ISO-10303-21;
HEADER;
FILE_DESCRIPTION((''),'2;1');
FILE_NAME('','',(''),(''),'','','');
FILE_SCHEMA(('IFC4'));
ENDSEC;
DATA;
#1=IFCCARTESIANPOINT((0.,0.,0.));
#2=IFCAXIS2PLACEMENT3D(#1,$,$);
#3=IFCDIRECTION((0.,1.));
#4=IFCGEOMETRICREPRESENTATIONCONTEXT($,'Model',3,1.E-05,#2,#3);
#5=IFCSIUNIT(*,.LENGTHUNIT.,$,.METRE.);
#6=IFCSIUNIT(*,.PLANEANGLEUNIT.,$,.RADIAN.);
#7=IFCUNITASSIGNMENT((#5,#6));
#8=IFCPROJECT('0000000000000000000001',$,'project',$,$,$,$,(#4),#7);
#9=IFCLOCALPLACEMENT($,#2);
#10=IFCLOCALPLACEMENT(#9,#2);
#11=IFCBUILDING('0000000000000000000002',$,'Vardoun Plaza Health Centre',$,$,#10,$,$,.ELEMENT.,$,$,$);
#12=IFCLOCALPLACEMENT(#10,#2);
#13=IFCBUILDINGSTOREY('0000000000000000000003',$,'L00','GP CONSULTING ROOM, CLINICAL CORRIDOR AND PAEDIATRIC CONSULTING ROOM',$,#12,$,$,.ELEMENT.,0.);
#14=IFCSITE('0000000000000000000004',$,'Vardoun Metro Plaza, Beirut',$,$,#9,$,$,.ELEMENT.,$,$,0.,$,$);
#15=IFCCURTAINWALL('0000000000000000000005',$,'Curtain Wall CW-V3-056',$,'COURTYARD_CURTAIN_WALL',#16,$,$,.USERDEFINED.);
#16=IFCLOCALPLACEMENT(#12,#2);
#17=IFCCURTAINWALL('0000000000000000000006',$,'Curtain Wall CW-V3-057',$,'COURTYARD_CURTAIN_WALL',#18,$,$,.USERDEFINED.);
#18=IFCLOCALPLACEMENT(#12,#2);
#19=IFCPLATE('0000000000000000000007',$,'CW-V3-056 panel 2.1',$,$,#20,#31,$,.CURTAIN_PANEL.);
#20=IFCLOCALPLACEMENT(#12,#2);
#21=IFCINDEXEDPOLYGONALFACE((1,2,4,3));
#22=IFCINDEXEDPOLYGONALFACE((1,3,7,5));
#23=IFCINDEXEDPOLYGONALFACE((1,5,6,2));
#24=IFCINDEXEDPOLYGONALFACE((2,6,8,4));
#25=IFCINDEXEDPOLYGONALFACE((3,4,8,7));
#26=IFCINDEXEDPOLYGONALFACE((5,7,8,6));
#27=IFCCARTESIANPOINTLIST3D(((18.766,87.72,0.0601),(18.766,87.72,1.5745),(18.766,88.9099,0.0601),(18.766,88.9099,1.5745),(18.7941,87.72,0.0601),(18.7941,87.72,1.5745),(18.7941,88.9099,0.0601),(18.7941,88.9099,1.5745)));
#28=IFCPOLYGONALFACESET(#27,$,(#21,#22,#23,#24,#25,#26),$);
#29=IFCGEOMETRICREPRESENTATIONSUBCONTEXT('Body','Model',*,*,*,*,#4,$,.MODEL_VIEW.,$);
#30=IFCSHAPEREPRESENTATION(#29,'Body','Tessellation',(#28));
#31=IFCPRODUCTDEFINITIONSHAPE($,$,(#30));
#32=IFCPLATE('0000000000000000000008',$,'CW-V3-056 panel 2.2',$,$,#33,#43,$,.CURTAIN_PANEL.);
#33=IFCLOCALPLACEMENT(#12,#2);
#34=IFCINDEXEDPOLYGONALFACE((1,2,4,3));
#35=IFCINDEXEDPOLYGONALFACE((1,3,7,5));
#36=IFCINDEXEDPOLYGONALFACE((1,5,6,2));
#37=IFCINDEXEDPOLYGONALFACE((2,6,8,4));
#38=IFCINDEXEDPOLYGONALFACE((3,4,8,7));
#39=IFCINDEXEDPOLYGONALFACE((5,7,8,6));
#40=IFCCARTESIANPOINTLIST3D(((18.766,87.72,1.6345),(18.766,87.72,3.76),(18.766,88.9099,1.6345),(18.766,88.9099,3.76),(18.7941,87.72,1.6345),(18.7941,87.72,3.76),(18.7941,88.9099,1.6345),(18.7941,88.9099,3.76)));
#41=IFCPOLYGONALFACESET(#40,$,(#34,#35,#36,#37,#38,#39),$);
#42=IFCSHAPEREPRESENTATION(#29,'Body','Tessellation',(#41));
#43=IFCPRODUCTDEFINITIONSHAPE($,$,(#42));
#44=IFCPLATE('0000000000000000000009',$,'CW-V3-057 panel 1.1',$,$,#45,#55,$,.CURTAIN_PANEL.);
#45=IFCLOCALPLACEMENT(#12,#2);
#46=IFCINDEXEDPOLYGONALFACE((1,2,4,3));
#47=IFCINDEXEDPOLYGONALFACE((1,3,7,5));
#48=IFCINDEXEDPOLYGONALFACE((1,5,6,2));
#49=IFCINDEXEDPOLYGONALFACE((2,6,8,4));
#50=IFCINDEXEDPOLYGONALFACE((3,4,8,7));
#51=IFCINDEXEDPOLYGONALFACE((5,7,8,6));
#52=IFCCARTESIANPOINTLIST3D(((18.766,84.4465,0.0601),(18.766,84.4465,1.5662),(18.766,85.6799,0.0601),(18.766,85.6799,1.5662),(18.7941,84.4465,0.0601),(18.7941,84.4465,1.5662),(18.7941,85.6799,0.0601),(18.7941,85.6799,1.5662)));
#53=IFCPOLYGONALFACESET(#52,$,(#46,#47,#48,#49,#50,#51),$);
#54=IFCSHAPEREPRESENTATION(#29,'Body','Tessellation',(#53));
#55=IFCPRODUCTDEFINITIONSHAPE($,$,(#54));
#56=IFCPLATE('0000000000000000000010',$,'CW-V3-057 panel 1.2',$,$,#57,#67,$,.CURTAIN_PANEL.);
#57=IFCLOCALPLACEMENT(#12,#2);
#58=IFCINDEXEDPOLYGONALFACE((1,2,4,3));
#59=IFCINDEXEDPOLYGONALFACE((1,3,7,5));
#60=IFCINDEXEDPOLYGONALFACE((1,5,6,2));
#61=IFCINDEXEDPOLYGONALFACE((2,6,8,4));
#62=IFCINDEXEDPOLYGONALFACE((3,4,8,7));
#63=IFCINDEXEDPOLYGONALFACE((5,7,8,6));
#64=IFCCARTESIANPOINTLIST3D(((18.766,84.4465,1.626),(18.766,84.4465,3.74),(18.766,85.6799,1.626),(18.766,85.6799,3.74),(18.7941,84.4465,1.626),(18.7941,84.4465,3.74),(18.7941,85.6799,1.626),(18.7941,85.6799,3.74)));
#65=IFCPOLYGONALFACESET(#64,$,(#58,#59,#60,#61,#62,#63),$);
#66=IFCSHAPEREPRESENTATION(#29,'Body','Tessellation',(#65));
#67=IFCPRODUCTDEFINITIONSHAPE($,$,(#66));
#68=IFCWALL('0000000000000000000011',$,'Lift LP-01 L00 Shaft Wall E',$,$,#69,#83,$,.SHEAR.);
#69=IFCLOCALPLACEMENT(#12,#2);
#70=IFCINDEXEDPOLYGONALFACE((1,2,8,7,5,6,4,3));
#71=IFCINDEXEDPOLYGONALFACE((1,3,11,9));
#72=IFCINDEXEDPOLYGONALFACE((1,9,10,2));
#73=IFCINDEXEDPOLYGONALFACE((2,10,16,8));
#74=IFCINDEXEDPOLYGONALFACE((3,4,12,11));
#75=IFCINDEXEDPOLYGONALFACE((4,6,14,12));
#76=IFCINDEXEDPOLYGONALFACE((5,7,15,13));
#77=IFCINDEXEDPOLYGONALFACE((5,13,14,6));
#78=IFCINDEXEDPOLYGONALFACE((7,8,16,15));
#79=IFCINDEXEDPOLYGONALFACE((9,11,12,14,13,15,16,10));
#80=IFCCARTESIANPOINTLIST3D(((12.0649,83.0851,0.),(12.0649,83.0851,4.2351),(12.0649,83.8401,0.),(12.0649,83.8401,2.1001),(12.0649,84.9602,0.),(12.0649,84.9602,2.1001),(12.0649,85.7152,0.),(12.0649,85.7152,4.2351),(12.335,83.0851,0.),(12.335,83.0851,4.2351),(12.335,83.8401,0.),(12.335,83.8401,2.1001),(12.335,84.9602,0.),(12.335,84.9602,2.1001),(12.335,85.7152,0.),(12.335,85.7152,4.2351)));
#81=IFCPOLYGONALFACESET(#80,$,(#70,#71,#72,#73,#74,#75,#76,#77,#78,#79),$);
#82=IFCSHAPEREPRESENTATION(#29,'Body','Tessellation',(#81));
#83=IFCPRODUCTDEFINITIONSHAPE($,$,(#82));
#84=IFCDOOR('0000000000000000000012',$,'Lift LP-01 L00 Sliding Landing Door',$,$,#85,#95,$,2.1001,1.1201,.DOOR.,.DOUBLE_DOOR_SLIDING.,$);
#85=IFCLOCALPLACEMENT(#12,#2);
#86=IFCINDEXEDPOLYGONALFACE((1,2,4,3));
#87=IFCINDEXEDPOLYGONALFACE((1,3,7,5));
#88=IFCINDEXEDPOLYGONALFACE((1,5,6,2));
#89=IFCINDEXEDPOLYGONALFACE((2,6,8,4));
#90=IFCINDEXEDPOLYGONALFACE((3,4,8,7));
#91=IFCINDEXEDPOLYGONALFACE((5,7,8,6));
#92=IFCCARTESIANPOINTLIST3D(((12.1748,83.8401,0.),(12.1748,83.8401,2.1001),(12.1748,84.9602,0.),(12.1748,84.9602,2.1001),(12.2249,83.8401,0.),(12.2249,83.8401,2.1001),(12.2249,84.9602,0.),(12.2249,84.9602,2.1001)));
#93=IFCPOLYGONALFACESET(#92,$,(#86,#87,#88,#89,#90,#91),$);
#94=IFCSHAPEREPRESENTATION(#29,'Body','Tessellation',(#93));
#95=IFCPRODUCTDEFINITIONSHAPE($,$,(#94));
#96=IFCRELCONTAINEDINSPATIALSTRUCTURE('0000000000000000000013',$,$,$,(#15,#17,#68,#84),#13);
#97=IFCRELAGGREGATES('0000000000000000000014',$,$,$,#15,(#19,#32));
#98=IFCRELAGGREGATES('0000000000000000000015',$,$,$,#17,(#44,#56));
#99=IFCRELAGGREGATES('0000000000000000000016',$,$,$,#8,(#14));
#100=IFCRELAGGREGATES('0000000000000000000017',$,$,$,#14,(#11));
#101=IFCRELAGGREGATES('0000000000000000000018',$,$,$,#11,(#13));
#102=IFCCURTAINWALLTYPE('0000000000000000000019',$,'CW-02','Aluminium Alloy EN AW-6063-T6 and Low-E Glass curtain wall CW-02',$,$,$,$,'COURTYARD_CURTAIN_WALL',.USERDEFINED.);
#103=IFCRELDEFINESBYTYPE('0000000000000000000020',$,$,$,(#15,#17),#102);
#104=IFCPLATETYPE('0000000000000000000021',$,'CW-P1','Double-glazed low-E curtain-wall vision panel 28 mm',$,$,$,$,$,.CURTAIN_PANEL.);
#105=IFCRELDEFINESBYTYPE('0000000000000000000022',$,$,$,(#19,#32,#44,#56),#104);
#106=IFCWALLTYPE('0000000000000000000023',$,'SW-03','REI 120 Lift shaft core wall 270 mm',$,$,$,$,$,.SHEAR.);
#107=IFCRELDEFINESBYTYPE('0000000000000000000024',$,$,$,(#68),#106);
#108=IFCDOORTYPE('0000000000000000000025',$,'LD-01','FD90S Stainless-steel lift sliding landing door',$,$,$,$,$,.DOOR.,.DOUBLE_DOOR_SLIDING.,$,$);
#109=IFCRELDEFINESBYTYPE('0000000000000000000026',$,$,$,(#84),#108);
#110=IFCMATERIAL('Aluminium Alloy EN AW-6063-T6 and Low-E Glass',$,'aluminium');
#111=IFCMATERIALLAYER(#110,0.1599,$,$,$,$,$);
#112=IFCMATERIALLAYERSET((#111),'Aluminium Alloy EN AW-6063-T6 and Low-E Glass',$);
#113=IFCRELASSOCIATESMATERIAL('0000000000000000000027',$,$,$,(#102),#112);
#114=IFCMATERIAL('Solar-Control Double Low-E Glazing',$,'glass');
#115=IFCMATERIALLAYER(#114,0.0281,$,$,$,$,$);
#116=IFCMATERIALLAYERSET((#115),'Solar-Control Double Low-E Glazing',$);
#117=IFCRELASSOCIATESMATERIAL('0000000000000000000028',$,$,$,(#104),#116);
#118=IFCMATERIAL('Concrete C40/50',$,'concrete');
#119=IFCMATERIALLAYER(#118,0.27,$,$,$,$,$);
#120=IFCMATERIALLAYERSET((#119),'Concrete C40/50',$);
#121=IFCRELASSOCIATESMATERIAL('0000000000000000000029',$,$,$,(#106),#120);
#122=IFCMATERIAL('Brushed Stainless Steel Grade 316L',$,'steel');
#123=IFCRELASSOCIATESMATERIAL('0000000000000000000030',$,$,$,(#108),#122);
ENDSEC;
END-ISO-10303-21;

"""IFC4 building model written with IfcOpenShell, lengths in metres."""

from ifc_helpers import new_model, si_unit, direction, frame, frame_2d, origin, origin_2d, place, context, subcontext, project, spatial, rectangle, extrude, material, layer, layer_set, type_object, element, fill, aggregate, save


model = new_model("IFC4")

# Units and contexts
model_context = context("Model", 3, precision=1e-05, world=origin(), true_north=direction((0.0, 1.0)))
body_context = subcontext(model_context, "Body", "Model", "MODEL_VIEW")
ifc_project = project(units=[si_unit("LENGTHUNIT", "METRE"), si_unit("PLANEANGLEUNIT", "RADIAN")], contexts=[model_context])

# Site, building, storey
site_placement = place(None, origin())
site = spatial("IfcSite", under=ifc_project, at=site_placement, Name="Vardoun Metro Plaza, Beirut", CompositionType="ELEMENT", RefElevation=0.0)
building_placement = place(site_placement, origin())
building = spatial("IfcBuilding", under=site, at=building_placement, Name="Vardoun Plaza Health Centre", CompositionType="ELEMENT")
storey_placement = place(building_placement, origin())
storey = spatial("IfcBuildingStorey", under=building, at=storey_placement, Name="L00", Description="GP CONSULTING ROOM, CLINICAL CORRIDOR AND PAEDIATRIC CONSULTING ROOM", CompositionType="ELEMENT", Elevation=0.0)

# Curtain walls
ifc_material_1 = material(Name="Aluminium Alloy EN AW-6063-T6 and Low-E Glass", Category="aluminium")
ifc_layer_1 = layer(ifc_material_1, 0.1599)
ifc_layer_set_1 = layer_set([ifc_layer_1], Name="Aluminium Alloy EN AW-6063-T6 and Low-E Glass")
curtain_wall_type = type_object("IfcCurtainWallType", Name="CW-02", Description="Aluminium Alloy EN AW-6063-T6 and Low-E Glass curtain wall CW-02", ElementType="COURTYARD_CURTAIN_WALL", PredefinedType="USERDEFINED", material=ifc_layer_set_1)
curtain_wall_1_placement = place(storey_placement, origin())
curtain_wall_1 = element("IfcCurtainWall", 1, at=curtain_wall_1_placement, inside=storey, type_object=curtain_wall_type, Name="Curtain Wall CW-V3-056", ObjectType="COURTYARD_CURTAIN_WALL", PredefinedType="USERDEFINED")
curtain_wall_2_placement = place(storey_placement, origin())
curtain_wall_2 = element("IfcCurtainWall", 2, at=curtain_wall_2_placement, inside=storey, type_object=curtain_wall_type, Name="Curtain Wall CW-V3-057", ObjectType="COURTYARD_CURTAIN_WALL", PredefinedType="USERDEFINED")

# Plates
ifc_material_2 = material(Name="Solar-Control Double Low-E Glazing", Category="glass")
ifc_layer_2 = layer(ifc_material_2, 0.0281)
ifc_layer_set_2 = layer_set([ifc_layer_2], Name="Solar-Control Double Low-E Glazing")
plate_type = type_object("IfcPlateType", Name="CW-P1", Description="Double-glazed low-E curtain-wall vision panel 28 mm", PredefinedType="CURTAIN_PANEL", material=ifc_layer_set_2)
plate_1_placement = place(storey_placement, frame((18.78, 88.3149, 0.0601), z_axis=(0.0, 0.0, 1.0), x_axis=(0.0, -1.0, 0.0)))
plate_1 = element("IfcPlate", 3, at=plate_1_placement, type_object=plate_type, Name="CW-V3-056 panel 2.1", PredefinedType="CURTAIN_PANEL", context=body_context, shape_type="SweptSolid", body=[
    extrude(rectangle(XDim=1.1899, YDim=0.0281, at=origin_2d()), origin(), (0.0, 0.0, 1.0), 1.5144),
])
plate_2_placement = place(storey_placement, frame((18.78, 88.3149, 1.6345), z_axis=(0.0, 0.0, 1.0), x_axis=(0.0, -1.0, 0.0)))
plate_2 = element("IfcPlate", 4, at=plate_2_placement, type_object=plate_type, Name="CW-V3-056 panel 2.2", PredefinedType="CURTAIN_PANEL", context=body_context, shape_type="SweptSolid", body=[
    extrude(rectangle(XDim=1.1899, YDim=0.0281, at=origin_2d()), origin(), (0.0, 0.0, 1.0), 2.1255),
])
aggregate(curtain_wall_1, [plate_1, plate_2])
plate_3_placement = place(storey_placement, frame((18.78, 85.0632, 0.0601), z_axis=(0.0, 0.0, 1.0), x_axis=(0.0, -1.0, 0.0)))
plate_3 = element("IfcPlate", 5, at=plate_3_placement, type_object=plate_type, Name="CW-V3-057 panel 1.1", PredefinedType="CURTAIN_PANEL", context=body_context, shape_type="SweptSolid", body=[
    extrude(rectangle(XDim=1.2334, YDim=0.0281, at=origin_2d()), origin(), (0.0, 0.0, 1.0), 1.5061),
])
plate_4_placement = place(storey_placement, frame((18.78, 85.0632, 1.626), z_axis=(0.0, 0.0, 1.0), x_axis=(0.0, -1.0, 0.0)))
plate_4 = element("IfcPlate", 6, at=plate_4_placement, type_object=plate_type, Name="CW-V3-057 panel 1.2", PredefinedType="CURTAIN_PANEL", context=body_context, shape_type="SweptSolid", body=[
    extrude(rectangle(XDim=1.2334, YDim=0.0281, at=origin_2d()), origin(), (0.0, 0.0, 1.0), 2.114),
])
aggregate(curtain_wall_2, [plate_3, plate_4])

# Wall, opening, door
ifc_material_3 = material(Name="Concrete C40/50", Category="concrete")
ifc_layer_3 = layer(ifc_material_3, 0.27)
ifc_layer_set_3 = layer_set([ifc_layer_3], Name="Concrete C40/50")
wall_type = type_object("IfcWallType", Name="SW-03", Description="REI 120 Lift shaft core wall 270 mm", PredefinedType="SHEAR", material=ifc_layer_set_3)
wall_placement = place(storey_placement, frame((12.2, 85.7151, 0.0), z_axis=(0.0, 0.0, 1.0), x_axis=(0.0, -1.0, 0.0)))
wall = element("IfcWall", 7, at=wall_placement, inside=storey, type_object=wall_type, Name="Lift LP-01 L00 Shaft Wall E", PredefinedType="SHEAR", context=body_context, shape_type="SweptSolid", body=[
    extrude(rectangle(XDim=2.6301, YDim=0.27, at=frame_2d((1.3149, 0.0))), origin(), (0.0, 0.0, 1.0), 4.2351),
])
opening_placement = place(wall_placement, frame((0.7549, 0.0, 0.0)))
opening = element("IfcOpeningElement", 8, at=opening_placement, cuts=wall, PredefinedType="OPENING", context=body_context, shape_type="SweptSolid", body=[
    extrude(rectangle(XDim=1.1201, YDim=2.1001, at=frame_2d((0.5601, 1.05))), frame((0.0, 0.135, 0.0), z_axis=(0.0, -1.0, 0.0), x_axis=(1.0, 0.0, 0.0)), (0.0, 0.0, 1.0), 0.27),
])
ifc_material_4 = material(Name="Brushed Stainless Steel Grade 316L", Category="steel")
door_type = type_object("IfcDoorType", Name="LD-01", Description="FD90S Stainless-steel lift sliding landing door", OperationType="DOUBLE_DOOR_SLIDING", PredefinedType="DOOR", material=ifc_material_4)
door_placement = place(opening_placement, origin())
door = element("IfcDoor", 9, at=door_placement, inside=storey, type_object=door_type, Name="Lift LP-01 L00 Sliding Landing Door", OperationType="DOUBLE_DOOR_SLIDING", OverallHeight=2.1001, OverallWidth=1.1201, PredefinedType="DOOR", context=body_context, shape_type="SweptSolid", body=[
    extrude(rectangle(XDim=1.1201, YDim=2.1001, at=frame_2d((0.5601, 1.05))), frame((0.0, 0.0249, 0.0), z_axis=(0.0, -1.0, 0.0), x_axis=(1.0, 0.0, 0.0)), (0.0, 0.0, 1.0), 0.05),
])
fill(opening, door)

save(model, "model.ifc")
